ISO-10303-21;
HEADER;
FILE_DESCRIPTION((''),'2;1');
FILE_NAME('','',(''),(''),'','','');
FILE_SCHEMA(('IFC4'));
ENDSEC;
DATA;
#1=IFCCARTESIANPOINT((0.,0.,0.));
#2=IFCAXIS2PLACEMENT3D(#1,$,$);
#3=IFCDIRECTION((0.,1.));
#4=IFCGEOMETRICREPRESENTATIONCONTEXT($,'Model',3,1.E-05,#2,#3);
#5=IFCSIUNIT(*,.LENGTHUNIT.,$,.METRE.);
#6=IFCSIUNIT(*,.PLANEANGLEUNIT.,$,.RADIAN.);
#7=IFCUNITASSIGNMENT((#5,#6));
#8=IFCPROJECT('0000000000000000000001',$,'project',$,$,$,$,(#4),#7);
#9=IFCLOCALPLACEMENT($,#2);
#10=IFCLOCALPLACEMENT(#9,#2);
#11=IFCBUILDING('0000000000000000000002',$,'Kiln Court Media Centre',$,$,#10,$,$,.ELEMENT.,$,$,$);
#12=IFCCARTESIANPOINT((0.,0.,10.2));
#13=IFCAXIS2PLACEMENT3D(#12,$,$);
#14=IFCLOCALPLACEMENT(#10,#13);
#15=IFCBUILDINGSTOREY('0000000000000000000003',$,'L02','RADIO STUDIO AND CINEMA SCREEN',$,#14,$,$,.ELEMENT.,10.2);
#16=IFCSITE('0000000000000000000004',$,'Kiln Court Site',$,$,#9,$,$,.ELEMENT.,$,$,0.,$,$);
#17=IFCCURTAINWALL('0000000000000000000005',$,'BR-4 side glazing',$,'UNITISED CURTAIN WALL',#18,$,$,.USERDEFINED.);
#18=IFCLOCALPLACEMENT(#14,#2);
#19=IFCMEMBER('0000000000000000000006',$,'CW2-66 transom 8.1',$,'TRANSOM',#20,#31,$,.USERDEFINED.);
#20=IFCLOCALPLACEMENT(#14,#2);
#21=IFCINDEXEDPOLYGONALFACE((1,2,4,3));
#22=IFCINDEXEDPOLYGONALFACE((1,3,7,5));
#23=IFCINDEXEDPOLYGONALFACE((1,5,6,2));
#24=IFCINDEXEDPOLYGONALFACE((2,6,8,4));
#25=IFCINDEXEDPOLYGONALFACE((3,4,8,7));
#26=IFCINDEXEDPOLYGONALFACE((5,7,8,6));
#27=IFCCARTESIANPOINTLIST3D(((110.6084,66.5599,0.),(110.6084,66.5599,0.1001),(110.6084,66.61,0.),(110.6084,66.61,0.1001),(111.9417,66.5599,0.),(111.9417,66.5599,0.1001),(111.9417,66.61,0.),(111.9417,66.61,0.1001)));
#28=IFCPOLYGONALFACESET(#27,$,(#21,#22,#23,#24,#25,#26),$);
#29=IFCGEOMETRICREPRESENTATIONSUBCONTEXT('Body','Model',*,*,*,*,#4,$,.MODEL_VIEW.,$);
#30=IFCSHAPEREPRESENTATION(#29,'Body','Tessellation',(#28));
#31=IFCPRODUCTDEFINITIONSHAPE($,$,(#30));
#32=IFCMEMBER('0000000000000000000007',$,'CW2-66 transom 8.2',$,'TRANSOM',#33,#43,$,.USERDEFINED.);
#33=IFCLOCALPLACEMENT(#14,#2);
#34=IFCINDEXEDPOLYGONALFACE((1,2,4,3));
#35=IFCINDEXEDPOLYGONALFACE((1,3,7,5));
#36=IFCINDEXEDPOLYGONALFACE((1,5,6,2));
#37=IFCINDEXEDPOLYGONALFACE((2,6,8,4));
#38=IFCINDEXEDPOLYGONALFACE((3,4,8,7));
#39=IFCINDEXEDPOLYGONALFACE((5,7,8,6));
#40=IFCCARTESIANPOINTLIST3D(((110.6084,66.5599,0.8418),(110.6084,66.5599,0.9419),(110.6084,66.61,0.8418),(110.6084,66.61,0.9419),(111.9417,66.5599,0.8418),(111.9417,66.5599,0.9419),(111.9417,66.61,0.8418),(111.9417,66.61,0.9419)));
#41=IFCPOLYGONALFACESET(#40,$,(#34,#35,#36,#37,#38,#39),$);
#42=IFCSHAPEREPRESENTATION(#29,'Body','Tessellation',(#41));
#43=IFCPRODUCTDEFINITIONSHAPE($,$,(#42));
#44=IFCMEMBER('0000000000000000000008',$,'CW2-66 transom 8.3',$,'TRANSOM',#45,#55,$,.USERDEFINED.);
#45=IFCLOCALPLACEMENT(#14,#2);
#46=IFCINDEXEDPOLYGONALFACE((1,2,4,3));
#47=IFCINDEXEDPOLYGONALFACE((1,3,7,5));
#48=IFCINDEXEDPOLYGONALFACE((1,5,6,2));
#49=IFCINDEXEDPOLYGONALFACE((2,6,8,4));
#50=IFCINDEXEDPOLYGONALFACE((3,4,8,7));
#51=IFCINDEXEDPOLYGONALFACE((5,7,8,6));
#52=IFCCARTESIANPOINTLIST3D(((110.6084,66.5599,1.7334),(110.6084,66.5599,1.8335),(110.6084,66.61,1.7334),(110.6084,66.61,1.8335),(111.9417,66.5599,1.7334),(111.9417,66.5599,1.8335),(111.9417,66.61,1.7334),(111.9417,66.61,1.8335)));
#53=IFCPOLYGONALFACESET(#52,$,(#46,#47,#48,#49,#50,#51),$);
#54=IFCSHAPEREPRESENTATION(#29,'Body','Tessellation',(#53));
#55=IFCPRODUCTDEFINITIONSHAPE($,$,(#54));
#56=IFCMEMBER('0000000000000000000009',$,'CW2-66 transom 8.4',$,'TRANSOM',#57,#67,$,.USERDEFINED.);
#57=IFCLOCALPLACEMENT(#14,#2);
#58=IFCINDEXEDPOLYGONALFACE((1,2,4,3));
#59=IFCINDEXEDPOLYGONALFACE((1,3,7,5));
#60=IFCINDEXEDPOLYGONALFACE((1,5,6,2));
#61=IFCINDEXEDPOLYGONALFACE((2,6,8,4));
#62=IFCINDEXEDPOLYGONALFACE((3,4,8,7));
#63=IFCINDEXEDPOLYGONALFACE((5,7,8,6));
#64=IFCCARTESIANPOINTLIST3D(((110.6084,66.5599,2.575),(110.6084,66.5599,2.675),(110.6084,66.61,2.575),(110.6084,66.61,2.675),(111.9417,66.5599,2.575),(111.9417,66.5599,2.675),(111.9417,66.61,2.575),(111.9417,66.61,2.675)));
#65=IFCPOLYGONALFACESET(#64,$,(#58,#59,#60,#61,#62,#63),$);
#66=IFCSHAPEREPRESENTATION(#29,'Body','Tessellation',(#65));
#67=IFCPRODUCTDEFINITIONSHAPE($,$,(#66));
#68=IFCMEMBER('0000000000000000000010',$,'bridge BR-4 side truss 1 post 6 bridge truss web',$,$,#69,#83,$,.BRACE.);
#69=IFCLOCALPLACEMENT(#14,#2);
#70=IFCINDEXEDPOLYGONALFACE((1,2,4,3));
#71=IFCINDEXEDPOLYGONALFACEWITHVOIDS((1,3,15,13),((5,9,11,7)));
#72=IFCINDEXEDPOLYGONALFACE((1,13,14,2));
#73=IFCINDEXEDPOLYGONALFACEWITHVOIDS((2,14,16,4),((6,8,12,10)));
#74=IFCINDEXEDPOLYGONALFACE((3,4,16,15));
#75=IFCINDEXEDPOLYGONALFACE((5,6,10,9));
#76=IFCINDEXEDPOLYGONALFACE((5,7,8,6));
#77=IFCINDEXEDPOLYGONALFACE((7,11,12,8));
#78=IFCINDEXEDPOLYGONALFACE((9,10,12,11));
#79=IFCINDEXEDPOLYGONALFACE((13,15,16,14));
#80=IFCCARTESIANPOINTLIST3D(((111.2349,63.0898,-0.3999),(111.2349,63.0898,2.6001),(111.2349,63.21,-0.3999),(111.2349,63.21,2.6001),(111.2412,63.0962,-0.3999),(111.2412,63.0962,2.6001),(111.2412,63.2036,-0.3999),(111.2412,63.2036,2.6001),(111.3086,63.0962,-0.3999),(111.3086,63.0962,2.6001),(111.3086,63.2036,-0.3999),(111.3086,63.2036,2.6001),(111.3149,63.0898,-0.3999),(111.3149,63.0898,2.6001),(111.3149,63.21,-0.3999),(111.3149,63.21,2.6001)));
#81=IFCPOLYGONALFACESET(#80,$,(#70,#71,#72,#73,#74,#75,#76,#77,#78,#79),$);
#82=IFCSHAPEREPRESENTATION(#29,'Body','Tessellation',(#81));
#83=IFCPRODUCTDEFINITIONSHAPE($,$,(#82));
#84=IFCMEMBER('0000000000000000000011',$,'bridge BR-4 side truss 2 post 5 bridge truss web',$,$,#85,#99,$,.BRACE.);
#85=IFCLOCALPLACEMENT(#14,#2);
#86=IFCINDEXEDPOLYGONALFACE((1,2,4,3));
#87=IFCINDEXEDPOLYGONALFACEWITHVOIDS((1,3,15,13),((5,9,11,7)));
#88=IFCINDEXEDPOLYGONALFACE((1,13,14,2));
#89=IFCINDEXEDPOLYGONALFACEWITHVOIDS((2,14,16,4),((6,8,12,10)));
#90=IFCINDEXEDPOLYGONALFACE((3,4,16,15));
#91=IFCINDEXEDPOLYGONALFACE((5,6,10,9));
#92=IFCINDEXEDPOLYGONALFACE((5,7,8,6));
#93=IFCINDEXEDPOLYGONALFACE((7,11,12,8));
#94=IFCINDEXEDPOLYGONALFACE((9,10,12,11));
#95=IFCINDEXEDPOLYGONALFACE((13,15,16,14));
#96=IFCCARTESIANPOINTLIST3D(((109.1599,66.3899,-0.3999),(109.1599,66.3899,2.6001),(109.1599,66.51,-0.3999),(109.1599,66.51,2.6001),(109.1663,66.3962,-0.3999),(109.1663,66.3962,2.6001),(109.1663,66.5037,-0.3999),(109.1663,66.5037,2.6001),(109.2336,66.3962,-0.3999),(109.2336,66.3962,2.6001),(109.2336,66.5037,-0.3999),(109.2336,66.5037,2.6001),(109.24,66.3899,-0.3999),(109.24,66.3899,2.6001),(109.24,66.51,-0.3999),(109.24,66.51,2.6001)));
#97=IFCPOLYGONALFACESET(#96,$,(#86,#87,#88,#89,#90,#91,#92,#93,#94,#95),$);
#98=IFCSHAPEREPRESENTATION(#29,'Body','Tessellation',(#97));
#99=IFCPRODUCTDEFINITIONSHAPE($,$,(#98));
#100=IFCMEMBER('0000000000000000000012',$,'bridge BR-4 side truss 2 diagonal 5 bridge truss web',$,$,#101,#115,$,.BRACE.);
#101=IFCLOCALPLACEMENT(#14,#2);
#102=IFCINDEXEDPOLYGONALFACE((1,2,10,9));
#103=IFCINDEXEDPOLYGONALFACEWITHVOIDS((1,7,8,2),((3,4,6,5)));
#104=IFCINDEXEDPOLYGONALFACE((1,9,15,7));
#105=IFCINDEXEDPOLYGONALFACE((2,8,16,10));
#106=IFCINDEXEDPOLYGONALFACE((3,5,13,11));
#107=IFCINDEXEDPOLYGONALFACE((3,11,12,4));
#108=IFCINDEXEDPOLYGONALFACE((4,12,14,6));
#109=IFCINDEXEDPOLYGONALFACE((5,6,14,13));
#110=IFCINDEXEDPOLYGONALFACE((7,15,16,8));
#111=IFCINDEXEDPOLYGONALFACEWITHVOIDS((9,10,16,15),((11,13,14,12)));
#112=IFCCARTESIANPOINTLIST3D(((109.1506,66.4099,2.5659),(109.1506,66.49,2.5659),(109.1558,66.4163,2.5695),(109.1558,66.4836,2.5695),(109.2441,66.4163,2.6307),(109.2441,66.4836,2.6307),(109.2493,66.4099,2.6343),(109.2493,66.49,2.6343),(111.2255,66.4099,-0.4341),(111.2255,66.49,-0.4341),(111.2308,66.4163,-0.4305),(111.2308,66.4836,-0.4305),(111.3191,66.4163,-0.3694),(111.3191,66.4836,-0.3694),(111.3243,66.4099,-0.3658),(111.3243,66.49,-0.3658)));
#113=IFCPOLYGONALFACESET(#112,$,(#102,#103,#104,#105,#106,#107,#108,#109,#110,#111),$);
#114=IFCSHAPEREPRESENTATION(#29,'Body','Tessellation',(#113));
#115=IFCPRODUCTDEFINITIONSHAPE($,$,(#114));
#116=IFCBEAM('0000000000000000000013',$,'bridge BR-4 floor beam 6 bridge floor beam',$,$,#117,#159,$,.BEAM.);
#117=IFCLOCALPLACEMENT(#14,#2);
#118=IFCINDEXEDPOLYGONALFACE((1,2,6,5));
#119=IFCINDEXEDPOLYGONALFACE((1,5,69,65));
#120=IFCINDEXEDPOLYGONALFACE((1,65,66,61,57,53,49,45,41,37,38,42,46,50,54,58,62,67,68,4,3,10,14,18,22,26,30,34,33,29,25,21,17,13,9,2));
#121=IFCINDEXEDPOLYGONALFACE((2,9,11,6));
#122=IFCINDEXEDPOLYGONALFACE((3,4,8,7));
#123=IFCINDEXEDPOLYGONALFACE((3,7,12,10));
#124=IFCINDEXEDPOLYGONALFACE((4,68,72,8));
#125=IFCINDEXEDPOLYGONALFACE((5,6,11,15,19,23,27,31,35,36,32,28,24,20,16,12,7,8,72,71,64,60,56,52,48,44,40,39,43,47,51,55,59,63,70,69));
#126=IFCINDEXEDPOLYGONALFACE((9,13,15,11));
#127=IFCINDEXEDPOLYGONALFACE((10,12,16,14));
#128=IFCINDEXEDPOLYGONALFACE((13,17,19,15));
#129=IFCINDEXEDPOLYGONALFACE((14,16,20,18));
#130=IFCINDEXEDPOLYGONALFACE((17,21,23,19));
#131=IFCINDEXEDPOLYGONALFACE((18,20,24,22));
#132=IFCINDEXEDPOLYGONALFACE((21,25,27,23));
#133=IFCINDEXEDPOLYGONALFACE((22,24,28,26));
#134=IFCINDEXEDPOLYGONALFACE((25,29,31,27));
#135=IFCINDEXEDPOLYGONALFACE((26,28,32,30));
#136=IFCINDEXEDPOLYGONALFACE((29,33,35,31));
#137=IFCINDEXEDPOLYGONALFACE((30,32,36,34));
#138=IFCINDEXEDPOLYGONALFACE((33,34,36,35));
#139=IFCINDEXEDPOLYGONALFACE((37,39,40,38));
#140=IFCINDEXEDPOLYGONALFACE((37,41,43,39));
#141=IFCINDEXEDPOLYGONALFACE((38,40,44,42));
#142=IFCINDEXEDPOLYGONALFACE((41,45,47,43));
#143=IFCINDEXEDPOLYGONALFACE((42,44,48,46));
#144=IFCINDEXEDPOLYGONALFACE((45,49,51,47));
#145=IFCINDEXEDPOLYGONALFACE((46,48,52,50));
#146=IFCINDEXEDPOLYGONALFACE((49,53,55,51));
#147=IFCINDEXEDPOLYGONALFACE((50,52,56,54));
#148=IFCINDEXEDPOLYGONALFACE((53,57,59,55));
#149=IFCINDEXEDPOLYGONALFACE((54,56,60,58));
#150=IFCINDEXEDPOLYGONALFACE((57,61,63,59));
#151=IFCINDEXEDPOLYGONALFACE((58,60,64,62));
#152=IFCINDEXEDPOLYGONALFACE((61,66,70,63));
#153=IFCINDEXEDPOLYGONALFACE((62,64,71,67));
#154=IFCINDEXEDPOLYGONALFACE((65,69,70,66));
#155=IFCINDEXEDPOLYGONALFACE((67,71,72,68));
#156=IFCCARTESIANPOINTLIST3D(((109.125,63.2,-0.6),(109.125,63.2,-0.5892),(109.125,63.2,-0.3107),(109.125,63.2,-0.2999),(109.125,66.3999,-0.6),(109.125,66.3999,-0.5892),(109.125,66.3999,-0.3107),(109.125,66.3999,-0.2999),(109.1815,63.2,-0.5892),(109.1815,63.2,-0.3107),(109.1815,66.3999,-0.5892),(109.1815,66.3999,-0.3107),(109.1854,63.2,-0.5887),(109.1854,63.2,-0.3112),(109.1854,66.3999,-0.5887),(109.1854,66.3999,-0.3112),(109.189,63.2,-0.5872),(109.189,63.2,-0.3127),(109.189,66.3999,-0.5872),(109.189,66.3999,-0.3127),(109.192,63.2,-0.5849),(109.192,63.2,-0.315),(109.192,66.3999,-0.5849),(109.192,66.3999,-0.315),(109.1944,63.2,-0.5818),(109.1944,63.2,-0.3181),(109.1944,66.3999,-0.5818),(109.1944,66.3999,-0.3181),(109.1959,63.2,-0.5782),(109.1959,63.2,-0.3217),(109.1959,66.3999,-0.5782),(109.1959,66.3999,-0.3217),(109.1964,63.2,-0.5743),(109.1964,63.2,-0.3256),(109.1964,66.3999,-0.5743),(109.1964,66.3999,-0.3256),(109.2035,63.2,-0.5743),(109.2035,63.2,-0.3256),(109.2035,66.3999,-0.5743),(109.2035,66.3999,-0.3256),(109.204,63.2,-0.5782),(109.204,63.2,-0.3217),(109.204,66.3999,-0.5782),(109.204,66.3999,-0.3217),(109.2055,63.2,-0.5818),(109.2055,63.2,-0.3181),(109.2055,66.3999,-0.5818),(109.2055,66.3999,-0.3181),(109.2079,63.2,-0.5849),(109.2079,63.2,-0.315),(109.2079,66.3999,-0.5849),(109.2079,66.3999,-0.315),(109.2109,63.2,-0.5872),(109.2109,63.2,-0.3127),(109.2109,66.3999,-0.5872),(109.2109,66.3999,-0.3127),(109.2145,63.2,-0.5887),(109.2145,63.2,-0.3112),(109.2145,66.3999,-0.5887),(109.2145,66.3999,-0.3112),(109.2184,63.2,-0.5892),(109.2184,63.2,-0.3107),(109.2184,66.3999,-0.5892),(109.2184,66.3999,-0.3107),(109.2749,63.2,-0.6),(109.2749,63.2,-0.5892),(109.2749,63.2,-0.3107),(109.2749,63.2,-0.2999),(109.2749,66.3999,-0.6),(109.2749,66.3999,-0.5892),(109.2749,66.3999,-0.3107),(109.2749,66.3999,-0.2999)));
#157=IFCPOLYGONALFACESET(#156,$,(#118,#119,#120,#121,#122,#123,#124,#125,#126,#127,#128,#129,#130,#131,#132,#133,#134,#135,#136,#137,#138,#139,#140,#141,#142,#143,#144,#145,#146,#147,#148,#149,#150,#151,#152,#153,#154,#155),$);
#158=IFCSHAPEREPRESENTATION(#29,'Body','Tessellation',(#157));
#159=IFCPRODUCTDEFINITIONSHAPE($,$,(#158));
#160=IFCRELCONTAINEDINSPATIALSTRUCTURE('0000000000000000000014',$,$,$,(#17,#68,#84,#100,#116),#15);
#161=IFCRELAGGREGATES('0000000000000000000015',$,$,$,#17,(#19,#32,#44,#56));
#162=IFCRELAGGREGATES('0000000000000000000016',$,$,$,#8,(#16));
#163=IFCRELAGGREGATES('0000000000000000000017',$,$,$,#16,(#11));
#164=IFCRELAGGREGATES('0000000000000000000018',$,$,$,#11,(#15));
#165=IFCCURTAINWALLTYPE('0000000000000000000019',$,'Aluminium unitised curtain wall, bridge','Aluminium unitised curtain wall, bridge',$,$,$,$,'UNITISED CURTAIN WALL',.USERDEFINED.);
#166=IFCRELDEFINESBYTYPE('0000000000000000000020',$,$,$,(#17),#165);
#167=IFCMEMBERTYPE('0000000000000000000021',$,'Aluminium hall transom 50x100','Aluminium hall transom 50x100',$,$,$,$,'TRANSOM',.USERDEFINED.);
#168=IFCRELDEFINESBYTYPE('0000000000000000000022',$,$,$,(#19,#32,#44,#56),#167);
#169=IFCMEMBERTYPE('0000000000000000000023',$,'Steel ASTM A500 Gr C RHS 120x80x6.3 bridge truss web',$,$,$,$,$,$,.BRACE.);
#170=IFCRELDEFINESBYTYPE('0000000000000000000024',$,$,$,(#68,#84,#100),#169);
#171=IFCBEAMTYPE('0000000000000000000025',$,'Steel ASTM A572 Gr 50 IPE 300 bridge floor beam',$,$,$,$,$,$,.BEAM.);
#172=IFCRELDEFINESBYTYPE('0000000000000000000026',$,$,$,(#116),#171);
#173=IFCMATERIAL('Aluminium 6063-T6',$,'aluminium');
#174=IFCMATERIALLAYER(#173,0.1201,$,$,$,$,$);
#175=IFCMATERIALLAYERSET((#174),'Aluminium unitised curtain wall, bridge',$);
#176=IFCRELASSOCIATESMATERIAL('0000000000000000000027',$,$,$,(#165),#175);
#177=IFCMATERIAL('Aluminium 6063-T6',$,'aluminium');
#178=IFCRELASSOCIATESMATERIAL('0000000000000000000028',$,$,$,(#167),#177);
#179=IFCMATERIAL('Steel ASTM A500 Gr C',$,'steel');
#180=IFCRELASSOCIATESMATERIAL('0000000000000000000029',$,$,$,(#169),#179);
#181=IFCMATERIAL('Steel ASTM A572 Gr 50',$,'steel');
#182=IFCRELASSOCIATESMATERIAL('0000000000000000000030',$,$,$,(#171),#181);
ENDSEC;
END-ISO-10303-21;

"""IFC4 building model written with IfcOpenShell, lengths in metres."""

from ifc_helpers import new_model, si_unit, direction, frame, origin, origin_2d, place, context, subcontext, project, spatial, rectangle, hollow_rectangle, i_section, extrude, material, layer, layer_set, material_profile, profile_set, type_object, element, aggregate, save


model = new_model("IFC4")

# Units and contexts
model_context = context("Model", 3, precision=1e-05, world=origin(), true_north=direction((0.0, 1.0)))
body_context = subcontext(model_context, "Body", "Model", "MODEL_VIEW")
ifc_project = project(units=[si_unit("LENGTHUNIT", "METRE"), si_unit("PLANEANGLEUNIT", "RADIAN")], contexts=[model_context])

# Site, building, storey
site_placement = place(None, origin())
site = spatial("IfcSite", under=ifc_project, at=site_placement, Name="Kiln Court Site", CompositionType="ELEMENT", RefElevation=0.0)
building_placement = place(site_placement, origin())
building = spatial("IfcBuilding", under=site, at=building_placement, Name="Kiln Court Media Centre", CompositionType="ELEMENT")
storey_placement = place(building_placement, frame((0.0, 0.0, 10.2)))
storey = spatial("IfcBuildingStorey", under=building, at=storey_placement, Name="L02", Description="RADIO STUDIO AND CINEMA SCREEN", CompositionType="ELEMENT", Elevation=10.2)

# Shared definitions
ifc_material_1 = material(Name="Aluminium 6063-T6", Category="aluminium")
ifc_layer_1 = layer(ifc_material_1, 0.1201)
ifc_layer_set_1 = layer_set([ifc_layer_1], Name="Aluminium unitised curtain wall, bridge")
curtain_wall_type = type_object("IfcCurtainWallType", Name="Aluminium unitised curtain wall, bridge", Description="Aluminium unitised curtain wall, bridge", ElementType="UNITISED CURTAIN WALL", PredefinedType="USERDEFINED", material=ifc_layer_set_1)

# Curtain wall
curtain_wall_1_placement = place(storey_placement, origin())
curtain_wall_1 = element("IfcCurtainWall", 1, at=curtain_wall_1_placement, inside=storey, type_object=curtain_wall_type, Name="BR-4 side glazing", ObjectType="UNITISED CURTAIN WALL", PredefinedType="USERDEFINED")

# Members
ifc_material_2 = material(Name="Aluminium 6063-T6", Category="aluminium")
ifc_material_profile_1 = material_profile(ifc_material_2, rectangle(XDim=0.05, YDim=0.1001, at=origin_2d()), Name="Aluminium hall transom 50x100")
ifc_profile_set_1 = profile_set([ifc_material_profile_1], Name="Aluminium 6063-T6")
member_type_1 = type_object("IfcMemberType", Name="Aluminium hall transom 50x100", Description="Aluminium hall transom 50x100", ElementType="TRANSOM", PredefinedType="USERDEFINED", material=ifc_profile_set_1)
member_1_placement = place(storey_placement, frame((110.6084, 66.585, 0.05), z_axis=(1.0, 0.0, 0.0), x_axis=(0.0, 1.0, 0.0)))
member_1 = element("IfcMember", 2, at=member_1_placement, type_object=member_type_1, Name="CW2-66 transom 8.1", ObjectType="TRANSOM", PredefinedType="USERDEFINED", context=body_context, shape_type="SweptSolid", body=[
    extrude(rectangle(XDim=0.05, YDim=0.1001, at=origin_2d()), origin(), (0.0, 0.0, 1.0), 1.3333),
])
member_2_placement = place(storey_placement, frame((110.6084, 66.585, 0.8918), z_axis=(1.0, 0.0, 0.0), x_axis=(0.0, 1.0, 0.0)))
member_2 = element("IfcMember", 3, at=member_2_placement, type_object=member_type_1, Name="CW2-66 transom 8.2", ObjectType="TRANSOM", PredefinedType="USERDEFINED", context=body_context, shape_type="SweptSolid", body=[
    extrude(rectangle(XDim=0.05, YDim=0.1001, at=origin_2d()), origin(), (0.0, 0.0, 1.0), 1.3333),
])
member_3_placement = place(storey_placement, frame((110.6084, 66.585, 1.7834), z_axis=(1.0, 0.0, 0.0), x_axis=(0.0, 1.0, 0.0)))
member_3 = element("IfcMember", 4, at=member_3_placement, type_object=member_type_1, Name="CW2-66 transom 8.3", ObjectType="TRANSOM", PredefinedType="USERDEFINED", context=body_context, shape_type="SweptSolid", body=[
    extrude(rectangle(XDim=0.05, YDim=0.1001, at=origin_2d()), origin(), (0.0, 0.0, 1.0), 1.3333),
])
member_4_placement = place(storey_placement, frame((110.6084, 66.585, 2.625), z_axis=(1.0, 0.0, 0.0), x_axis=(0.0, 1.0, 0.0)))
member_4 = element("IfcMember", 5, at=member_4_placement, type_object=member_type_1, Name="CW2-66 transom 8.4", ObjectType="TRANSOM", PredefinedType="USERDEFINED", context=body_context, shape_type="SweptSolid", body=[
    extrude(rectangle(XDim=0.05, YDim=0.1001, at=origin_2d()), origin(), (0.0, 0.0, 1.0), 1.3333),
])

# Members
ifc_material_3 = material(Name="Steel ASTM A500 Gr C", Category="steel")
ifc_material_profile_2 = material_profile(ifc_material_3, hollow_rectangle(XDim=0.0801, YDim=0.1201, WallThickness=0.0063, at=origin_2d()), Name="RHS 120x80x6.3")
ifc_profile_set_2 = profile_set([ifc_material_profile_2], Name="Steel ASTM A500 Gr C")
member_type_2 = type_object("IfcMemberType", Name="Steel ASTM A500 Gr C RHS 120x80x6.3 bridge truss web", PredefinedType="BRACE", material=ifc_profile_set_2)
for number, where, z_axis, x_axis, name in (
    (6, (111.2749, 63.1499, -0.3999), (0.0, 0.0, 1.0), (1.0, 0.0, 0.0), "bridge BR-4 side truss 1 post 6 bridge truss web"),
    (7, (109.2, 66.45, -0.3999), (0.0, 0.0, 1.0), (1.0, 0.0, 0.0), "bridge BR-4 side truss 2 post 5 bridge truss web"),
):
    element("IfcMember", number, at=place(storey_placement, frame(where, z_axis=z_axis, x_axis=x_axis)), inside=storey, type_object=member_type_2, Name=name, PredefinedType="BRACE", context=body_context, shape_type="SweptSolid", body=[
        extrude(hollow_rectangle(XDim=0.0801, YDim=0.1201, WallThickness=0.0063, at=origin_2d()), origin(), (0.0, 0.0, 1.0), 3.0),
    ])
member_5_placement = place(storey_placement, frame((109.2, 66.45, 2.6001), z_axis=(0.568844, 0.0, -0.822445), x_axis=(0.0, 1.0, 0.0)))
element("IfcMember", 8, at=member_5_placement, inside=storey, type_object=member_type_2, Name="bridge BR-4 side truss 2 diagonal 5 bridge truss web", PredefinedType="BRACE", context=body_context, shape_type="SweptSolid", body=[
    extrude(hollow_rectangle(XDim=0.0801, YDim=0.1201, WallThickness=0.0063, at=origin_2d()), origin(), (0.0, 0.0, 1.0), 3.6477),
])

# Beam
ifc_material_4 = material(Name="Steel ASTM A572 Gr 50", Category="steel")
ifc_material_profile_3 = material_profile(ifc_material_4, i_section(OverallWidth=0.1499, OverallDepth=0.3, WebThickness=0.0071, FlangeThickness=0.0107, FilletRadius=0.0149, at=origin_2d()), Name="IPE 300")
ifc_profile_set_3 = profile_set([ifc_material_profile_3], Name="Steel ASTM A572 Gr 50")
beam_type = type_object("IfcBeamType", Name="Steel ASTM A572 Gr 50 IPE 300 bridge floor beam", PredefinedType="BEAM", material=ifc_profile_set_3)
for number, where, z_axis, x_axis, name in (
    (9, (109.2, 63.2, -0.45), (0.0, 1.0, 0.0), (-1.0, 0.0, 0.0), "bridge BR-4 floor beam 6 bridge floor beam"),
):
    element("IfcBeam", number, at=place(storey_placement, frame(where, z_axis=z_axis, x_axis=x_axis)), inside=storey, type_object=beam_type, Name=name, PredefinedType="BEAM", context=body_context, shape_type="SweptSolid", body=[
        extrude(i_section(OverallWidth=0.1499, OverallDepth=0.3, WebThickness=0.0071, FlangeThickness=0.0107, FilletRadius=0.0149, at=origin_2d()), origin(), (0.0, 0.0, 1.0), 3.2),
    ])

aggregate(curtain_wall_1, [member_1, member_2, member_3, member_4])

save(model, "model.ifc")
